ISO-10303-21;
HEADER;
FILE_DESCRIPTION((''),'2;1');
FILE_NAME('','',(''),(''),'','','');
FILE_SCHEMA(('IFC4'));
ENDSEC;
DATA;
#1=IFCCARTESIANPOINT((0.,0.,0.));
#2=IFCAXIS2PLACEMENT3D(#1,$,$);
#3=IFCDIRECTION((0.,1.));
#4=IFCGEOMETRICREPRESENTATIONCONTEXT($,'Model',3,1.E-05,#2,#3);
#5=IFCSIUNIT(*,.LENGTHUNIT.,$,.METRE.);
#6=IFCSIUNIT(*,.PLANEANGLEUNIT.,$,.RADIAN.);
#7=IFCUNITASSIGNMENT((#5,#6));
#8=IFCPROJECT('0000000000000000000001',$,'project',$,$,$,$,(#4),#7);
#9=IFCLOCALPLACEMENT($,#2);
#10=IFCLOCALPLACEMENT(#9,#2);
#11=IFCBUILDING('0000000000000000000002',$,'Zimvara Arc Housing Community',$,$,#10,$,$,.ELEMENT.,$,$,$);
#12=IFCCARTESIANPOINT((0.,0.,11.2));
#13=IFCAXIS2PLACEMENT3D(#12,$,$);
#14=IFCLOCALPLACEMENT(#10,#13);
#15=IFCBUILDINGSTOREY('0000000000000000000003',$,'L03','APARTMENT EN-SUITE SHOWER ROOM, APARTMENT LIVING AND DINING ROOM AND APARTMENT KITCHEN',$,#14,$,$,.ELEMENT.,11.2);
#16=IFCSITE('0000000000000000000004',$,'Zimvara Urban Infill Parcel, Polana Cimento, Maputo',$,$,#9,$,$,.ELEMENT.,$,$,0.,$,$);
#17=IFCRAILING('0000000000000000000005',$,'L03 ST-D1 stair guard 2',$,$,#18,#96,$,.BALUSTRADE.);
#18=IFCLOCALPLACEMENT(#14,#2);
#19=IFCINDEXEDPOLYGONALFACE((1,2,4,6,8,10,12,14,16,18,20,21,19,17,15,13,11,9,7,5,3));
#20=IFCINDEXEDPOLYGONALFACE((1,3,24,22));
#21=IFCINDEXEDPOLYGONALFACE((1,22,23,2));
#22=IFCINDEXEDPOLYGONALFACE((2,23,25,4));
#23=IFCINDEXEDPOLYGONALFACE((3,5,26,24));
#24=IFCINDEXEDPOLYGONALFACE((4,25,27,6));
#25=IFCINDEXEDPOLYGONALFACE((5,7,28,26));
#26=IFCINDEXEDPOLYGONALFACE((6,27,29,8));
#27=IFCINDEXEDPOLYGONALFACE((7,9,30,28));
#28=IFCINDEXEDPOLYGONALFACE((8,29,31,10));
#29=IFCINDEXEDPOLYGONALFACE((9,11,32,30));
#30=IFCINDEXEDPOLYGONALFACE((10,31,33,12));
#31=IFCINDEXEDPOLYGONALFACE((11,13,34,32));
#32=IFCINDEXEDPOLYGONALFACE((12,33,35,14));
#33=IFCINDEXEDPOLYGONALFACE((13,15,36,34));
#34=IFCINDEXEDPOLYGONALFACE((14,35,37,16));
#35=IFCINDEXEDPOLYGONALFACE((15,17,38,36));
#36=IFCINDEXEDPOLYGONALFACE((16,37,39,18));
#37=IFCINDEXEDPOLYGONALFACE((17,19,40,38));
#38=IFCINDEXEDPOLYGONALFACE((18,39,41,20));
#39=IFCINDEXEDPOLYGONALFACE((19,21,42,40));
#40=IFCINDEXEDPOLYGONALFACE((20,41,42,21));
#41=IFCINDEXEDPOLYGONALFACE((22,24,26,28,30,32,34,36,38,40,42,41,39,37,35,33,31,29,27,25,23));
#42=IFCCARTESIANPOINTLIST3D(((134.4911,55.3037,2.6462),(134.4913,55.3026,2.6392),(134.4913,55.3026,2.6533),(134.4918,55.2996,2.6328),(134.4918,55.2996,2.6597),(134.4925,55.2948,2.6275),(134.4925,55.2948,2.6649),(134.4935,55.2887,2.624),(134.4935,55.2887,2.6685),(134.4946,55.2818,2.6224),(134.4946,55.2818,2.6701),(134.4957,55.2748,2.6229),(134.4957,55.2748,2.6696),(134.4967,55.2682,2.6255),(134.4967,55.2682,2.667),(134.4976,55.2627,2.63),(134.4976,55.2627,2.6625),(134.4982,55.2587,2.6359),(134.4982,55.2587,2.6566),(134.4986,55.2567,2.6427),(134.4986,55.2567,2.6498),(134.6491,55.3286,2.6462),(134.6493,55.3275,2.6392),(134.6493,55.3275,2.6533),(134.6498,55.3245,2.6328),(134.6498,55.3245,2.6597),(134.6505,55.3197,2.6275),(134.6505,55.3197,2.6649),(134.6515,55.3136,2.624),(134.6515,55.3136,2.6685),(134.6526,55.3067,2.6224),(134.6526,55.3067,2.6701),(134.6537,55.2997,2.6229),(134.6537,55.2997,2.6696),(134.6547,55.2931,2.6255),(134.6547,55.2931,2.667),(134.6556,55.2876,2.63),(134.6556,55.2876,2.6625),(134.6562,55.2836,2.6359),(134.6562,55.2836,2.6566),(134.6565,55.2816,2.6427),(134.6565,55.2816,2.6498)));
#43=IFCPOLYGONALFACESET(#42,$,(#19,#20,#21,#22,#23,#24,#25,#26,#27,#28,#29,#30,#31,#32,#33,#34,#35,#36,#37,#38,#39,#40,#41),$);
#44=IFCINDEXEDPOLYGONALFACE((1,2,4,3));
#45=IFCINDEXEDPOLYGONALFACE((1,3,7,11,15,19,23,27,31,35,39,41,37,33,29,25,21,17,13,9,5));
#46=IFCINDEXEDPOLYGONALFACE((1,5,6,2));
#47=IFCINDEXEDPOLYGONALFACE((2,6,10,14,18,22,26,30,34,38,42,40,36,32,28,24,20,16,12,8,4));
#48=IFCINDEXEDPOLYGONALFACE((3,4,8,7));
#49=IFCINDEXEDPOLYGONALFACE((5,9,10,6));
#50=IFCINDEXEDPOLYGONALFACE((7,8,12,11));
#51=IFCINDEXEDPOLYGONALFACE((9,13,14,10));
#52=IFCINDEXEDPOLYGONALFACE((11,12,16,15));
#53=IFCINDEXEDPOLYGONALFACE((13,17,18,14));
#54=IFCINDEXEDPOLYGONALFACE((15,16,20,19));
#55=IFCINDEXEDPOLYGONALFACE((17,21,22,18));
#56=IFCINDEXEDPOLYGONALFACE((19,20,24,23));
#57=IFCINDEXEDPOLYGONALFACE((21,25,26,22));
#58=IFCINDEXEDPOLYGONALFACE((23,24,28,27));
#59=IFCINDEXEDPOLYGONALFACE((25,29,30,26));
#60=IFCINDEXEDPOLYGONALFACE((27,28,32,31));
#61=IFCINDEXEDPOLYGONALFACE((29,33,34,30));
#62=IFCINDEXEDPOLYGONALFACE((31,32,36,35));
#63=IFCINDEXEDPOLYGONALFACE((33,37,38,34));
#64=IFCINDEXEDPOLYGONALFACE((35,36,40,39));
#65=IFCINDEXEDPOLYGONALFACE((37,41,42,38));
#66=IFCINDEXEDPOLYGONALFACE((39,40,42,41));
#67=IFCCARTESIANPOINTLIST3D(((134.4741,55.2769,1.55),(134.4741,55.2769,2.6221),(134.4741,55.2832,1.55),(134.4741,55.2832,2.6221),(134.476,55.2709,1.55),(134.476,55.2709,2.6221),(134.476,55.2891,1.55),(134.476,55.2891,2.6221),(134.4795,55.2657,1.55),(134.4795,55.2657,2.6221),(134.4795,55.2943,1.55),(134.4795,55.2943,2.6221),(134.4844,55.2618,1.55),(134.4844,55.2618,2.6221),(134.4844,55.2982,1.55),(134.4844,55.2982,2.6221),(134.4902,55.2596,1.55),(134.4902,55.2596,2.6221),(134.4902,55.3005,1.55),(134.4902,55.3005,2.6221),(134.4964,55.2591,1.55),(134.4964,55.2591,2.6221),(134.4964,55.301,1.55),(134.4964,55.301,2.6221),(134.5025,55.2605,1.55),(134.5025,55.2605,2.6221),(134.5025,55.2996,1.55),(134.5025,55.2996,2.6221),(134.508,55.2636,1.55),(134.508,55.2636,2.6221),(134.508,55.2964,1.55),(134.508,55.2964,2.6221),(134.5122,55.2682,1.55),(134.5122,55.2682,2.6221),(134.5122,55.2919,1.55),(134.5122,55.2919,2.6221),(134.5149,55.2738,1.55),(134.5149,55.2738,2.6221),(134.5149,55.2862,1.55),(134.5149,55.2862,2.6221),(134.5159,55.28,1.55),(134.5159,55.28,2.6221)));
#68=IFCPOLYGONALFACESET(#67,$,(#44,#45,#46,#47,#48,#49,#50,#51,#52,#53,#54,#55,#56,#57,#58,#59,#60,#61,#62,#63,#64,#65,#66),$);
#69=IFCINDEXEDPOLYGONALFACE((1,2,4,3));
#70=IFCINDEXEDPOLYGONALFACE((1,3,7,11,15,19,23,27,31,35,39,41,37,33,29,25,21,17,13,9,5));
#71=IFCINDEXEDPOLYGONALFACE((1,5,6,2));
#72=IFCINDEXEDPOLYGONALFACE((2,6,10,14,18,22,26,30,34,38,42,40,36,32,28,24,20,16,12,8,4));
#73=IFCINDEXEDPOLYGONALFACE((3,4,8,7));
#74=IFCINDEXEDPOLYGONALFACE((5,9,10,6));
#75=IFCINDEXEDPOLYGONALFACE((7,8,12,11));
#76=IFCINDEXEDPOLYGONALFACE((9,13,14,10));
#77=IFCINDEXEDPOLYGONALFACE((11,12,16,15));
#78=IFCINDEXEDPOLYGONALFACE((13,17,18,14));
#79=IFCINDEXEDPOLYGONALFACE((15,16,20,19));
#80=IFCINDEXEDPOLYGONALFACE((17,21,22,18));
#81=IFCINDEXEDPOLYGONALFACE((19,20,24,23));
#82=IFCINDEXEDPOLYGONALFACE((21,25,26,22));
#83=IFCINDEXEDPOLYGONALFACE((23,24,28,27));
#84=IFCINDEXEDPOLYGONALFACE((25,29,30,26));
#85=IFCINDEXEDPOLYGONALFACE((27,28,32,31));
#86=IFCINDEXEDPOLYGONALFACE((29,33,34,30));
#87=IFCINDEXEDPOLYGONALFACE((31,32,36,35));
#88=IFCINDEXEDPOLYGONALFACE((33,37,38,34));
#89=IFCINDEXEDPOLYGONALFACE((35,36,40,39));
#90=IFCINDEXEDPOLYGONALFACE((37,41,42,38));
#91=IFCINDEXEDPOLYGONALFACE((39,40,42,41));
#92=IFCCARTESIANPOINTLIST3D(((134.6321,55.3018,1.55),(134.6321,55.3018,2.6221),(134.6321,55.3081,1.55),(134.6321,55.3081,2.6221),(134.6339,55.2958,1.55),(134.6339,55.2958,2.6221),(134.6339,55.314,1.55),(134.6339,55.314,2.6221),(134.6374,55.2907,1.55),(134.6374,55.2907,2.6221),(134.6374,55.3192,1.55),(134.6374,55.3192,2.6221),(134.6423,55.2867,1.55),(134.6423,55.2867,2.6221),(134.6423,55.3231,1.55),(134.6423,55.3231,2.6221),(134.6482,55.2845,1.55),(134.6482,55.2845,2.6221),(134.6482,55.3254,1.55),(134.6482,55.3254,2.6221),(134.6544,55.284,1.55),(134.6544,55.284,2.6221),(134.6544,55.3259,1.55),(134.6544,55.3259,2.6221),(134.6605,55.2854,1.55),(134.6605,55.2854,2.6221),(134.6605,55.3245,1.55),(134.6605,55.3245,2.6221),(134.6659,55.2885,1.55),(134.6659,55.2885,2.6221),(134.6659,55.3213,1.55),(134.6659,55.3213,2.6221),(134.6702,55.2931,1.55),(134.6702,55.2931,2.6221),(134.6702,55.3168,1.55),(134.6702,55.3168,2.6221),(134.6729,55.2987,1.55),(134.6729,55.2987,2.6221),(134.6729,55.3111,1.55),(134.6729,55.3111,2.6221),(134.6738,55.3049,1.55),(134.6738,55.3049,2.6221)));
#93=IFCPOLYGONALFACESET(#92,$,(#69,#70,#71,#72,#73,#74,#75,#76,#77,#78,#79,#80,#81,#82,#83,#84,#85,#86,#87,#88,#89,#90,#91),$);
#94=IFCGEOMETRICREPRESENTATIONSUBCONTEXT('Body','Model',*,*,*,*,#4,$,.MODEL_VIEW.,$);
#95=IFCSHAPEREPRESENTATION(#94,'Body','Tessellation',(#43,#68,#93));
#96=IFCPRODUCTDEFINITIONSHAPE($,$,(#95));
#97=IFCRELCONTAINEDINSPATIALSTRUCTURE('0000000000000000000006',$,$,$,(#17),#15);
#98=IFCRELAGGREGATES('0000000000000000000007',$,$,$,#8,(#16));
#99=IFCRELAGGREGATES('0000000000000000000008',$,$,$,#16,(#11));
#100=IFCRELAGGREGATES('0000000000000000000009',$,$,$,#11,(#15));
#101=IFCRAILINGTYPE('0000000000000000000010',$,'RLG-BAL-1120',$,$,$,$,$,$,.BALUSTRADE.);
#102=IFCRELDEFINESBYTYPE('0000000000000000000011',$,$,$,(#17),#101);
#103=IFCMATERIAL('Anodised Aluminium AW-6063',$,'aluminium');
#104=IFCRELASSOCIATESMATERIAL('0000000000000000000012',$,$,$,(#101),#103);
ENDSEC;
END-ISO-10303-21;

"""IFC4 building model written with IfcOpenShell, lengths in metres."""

from ifc_helpers import new_model, si_unit, direction, frame, origin, origin_2d, place, context, subcontext, project, spatial, circle, extrude, material, type_object, element, save


model = new_model("IFC4")

# Units and contexts
model_context = context("Model", 3, precision=1e-05, world=origin(), true_north=direction((0.0, 1.0)))
body_context = subcontext(model_context, "Body", "Model", "MODEL_VIEW")
ifc_project = project(units=[si_unit("LENGTHUNIT", "METRE"), si_unit("PLANEANGLEUNIT", "RADIAN")], contexts=[model_context])

# Site, building, storey
site_placement = place(None, origin())
site = spatial("IfcSite", under=ifc_project, at=site_placement, Name="Zimvara Urban Infill Parcel, Polana Cimento, Maputo", CompositionType="ELEMENT", RefElevation=0.0)
building_placement = place(site_placement, origin())
building = spatial("IfcBuilding", under=site, at=building_placement, Name="Zimvara Arc Housing Community", CompositionType="ELEMENT")
storey_placement = place(building_placement, frame((0.0, 0.0, 11.2)))
storey = spatial("IfcBuildingStorey", under=building, at=storey_placement, Name="L03", Description="APARTMENT EN-SUITE SHOWER ROOM, APARTMENT LIVING AND DINING ROOM AND APARTMENT KITCHEN", CompositionType="ELEMENT", Elevation=11.2)

# Railing
ifc_material_1 = material(Name="Anodised Aluminium AW-6063", Category="aluminium")
railing_type_1 = type_object("IfcRailingType", Name="RLG-BAL-1120", PredefinedType="BALUSTRADE", material=ifc_material_1)
railing_1_placement = place(storey_placement, frame((134.4949, 55.28, 1.55)))
element("IfcRailing", 1, at=railing_1_placement, inside=storey, type_object=railing_type_1, Name="L03 ST-D1 stair guard 2", PredefinedType="BALUSTRADE", context=body_context, shape_type="SweptSolid", body=[
    extrude(circle(Radius=0.0239, at=origin_2d()), frame((0.0, 0.0, 1.0962), z_axis=(0.9878, 0.155727, 0.0), x_axis=(-0.155727, 0.9878, 0.0)), (0.0, 0.0, 1.0), 0.1599),
    extrude(circle(Radius=0.021, at=origin_2d()), origin(), (0.0, 0.0, 1.0), 1.072),
    extrude(circle(Radius=0.021, at=origin_2d()), frame((0.158, 0.0249, 0.0)), (0.0, 0.0, 1.0), 1.072),
])

save(model, "model.ifc")
